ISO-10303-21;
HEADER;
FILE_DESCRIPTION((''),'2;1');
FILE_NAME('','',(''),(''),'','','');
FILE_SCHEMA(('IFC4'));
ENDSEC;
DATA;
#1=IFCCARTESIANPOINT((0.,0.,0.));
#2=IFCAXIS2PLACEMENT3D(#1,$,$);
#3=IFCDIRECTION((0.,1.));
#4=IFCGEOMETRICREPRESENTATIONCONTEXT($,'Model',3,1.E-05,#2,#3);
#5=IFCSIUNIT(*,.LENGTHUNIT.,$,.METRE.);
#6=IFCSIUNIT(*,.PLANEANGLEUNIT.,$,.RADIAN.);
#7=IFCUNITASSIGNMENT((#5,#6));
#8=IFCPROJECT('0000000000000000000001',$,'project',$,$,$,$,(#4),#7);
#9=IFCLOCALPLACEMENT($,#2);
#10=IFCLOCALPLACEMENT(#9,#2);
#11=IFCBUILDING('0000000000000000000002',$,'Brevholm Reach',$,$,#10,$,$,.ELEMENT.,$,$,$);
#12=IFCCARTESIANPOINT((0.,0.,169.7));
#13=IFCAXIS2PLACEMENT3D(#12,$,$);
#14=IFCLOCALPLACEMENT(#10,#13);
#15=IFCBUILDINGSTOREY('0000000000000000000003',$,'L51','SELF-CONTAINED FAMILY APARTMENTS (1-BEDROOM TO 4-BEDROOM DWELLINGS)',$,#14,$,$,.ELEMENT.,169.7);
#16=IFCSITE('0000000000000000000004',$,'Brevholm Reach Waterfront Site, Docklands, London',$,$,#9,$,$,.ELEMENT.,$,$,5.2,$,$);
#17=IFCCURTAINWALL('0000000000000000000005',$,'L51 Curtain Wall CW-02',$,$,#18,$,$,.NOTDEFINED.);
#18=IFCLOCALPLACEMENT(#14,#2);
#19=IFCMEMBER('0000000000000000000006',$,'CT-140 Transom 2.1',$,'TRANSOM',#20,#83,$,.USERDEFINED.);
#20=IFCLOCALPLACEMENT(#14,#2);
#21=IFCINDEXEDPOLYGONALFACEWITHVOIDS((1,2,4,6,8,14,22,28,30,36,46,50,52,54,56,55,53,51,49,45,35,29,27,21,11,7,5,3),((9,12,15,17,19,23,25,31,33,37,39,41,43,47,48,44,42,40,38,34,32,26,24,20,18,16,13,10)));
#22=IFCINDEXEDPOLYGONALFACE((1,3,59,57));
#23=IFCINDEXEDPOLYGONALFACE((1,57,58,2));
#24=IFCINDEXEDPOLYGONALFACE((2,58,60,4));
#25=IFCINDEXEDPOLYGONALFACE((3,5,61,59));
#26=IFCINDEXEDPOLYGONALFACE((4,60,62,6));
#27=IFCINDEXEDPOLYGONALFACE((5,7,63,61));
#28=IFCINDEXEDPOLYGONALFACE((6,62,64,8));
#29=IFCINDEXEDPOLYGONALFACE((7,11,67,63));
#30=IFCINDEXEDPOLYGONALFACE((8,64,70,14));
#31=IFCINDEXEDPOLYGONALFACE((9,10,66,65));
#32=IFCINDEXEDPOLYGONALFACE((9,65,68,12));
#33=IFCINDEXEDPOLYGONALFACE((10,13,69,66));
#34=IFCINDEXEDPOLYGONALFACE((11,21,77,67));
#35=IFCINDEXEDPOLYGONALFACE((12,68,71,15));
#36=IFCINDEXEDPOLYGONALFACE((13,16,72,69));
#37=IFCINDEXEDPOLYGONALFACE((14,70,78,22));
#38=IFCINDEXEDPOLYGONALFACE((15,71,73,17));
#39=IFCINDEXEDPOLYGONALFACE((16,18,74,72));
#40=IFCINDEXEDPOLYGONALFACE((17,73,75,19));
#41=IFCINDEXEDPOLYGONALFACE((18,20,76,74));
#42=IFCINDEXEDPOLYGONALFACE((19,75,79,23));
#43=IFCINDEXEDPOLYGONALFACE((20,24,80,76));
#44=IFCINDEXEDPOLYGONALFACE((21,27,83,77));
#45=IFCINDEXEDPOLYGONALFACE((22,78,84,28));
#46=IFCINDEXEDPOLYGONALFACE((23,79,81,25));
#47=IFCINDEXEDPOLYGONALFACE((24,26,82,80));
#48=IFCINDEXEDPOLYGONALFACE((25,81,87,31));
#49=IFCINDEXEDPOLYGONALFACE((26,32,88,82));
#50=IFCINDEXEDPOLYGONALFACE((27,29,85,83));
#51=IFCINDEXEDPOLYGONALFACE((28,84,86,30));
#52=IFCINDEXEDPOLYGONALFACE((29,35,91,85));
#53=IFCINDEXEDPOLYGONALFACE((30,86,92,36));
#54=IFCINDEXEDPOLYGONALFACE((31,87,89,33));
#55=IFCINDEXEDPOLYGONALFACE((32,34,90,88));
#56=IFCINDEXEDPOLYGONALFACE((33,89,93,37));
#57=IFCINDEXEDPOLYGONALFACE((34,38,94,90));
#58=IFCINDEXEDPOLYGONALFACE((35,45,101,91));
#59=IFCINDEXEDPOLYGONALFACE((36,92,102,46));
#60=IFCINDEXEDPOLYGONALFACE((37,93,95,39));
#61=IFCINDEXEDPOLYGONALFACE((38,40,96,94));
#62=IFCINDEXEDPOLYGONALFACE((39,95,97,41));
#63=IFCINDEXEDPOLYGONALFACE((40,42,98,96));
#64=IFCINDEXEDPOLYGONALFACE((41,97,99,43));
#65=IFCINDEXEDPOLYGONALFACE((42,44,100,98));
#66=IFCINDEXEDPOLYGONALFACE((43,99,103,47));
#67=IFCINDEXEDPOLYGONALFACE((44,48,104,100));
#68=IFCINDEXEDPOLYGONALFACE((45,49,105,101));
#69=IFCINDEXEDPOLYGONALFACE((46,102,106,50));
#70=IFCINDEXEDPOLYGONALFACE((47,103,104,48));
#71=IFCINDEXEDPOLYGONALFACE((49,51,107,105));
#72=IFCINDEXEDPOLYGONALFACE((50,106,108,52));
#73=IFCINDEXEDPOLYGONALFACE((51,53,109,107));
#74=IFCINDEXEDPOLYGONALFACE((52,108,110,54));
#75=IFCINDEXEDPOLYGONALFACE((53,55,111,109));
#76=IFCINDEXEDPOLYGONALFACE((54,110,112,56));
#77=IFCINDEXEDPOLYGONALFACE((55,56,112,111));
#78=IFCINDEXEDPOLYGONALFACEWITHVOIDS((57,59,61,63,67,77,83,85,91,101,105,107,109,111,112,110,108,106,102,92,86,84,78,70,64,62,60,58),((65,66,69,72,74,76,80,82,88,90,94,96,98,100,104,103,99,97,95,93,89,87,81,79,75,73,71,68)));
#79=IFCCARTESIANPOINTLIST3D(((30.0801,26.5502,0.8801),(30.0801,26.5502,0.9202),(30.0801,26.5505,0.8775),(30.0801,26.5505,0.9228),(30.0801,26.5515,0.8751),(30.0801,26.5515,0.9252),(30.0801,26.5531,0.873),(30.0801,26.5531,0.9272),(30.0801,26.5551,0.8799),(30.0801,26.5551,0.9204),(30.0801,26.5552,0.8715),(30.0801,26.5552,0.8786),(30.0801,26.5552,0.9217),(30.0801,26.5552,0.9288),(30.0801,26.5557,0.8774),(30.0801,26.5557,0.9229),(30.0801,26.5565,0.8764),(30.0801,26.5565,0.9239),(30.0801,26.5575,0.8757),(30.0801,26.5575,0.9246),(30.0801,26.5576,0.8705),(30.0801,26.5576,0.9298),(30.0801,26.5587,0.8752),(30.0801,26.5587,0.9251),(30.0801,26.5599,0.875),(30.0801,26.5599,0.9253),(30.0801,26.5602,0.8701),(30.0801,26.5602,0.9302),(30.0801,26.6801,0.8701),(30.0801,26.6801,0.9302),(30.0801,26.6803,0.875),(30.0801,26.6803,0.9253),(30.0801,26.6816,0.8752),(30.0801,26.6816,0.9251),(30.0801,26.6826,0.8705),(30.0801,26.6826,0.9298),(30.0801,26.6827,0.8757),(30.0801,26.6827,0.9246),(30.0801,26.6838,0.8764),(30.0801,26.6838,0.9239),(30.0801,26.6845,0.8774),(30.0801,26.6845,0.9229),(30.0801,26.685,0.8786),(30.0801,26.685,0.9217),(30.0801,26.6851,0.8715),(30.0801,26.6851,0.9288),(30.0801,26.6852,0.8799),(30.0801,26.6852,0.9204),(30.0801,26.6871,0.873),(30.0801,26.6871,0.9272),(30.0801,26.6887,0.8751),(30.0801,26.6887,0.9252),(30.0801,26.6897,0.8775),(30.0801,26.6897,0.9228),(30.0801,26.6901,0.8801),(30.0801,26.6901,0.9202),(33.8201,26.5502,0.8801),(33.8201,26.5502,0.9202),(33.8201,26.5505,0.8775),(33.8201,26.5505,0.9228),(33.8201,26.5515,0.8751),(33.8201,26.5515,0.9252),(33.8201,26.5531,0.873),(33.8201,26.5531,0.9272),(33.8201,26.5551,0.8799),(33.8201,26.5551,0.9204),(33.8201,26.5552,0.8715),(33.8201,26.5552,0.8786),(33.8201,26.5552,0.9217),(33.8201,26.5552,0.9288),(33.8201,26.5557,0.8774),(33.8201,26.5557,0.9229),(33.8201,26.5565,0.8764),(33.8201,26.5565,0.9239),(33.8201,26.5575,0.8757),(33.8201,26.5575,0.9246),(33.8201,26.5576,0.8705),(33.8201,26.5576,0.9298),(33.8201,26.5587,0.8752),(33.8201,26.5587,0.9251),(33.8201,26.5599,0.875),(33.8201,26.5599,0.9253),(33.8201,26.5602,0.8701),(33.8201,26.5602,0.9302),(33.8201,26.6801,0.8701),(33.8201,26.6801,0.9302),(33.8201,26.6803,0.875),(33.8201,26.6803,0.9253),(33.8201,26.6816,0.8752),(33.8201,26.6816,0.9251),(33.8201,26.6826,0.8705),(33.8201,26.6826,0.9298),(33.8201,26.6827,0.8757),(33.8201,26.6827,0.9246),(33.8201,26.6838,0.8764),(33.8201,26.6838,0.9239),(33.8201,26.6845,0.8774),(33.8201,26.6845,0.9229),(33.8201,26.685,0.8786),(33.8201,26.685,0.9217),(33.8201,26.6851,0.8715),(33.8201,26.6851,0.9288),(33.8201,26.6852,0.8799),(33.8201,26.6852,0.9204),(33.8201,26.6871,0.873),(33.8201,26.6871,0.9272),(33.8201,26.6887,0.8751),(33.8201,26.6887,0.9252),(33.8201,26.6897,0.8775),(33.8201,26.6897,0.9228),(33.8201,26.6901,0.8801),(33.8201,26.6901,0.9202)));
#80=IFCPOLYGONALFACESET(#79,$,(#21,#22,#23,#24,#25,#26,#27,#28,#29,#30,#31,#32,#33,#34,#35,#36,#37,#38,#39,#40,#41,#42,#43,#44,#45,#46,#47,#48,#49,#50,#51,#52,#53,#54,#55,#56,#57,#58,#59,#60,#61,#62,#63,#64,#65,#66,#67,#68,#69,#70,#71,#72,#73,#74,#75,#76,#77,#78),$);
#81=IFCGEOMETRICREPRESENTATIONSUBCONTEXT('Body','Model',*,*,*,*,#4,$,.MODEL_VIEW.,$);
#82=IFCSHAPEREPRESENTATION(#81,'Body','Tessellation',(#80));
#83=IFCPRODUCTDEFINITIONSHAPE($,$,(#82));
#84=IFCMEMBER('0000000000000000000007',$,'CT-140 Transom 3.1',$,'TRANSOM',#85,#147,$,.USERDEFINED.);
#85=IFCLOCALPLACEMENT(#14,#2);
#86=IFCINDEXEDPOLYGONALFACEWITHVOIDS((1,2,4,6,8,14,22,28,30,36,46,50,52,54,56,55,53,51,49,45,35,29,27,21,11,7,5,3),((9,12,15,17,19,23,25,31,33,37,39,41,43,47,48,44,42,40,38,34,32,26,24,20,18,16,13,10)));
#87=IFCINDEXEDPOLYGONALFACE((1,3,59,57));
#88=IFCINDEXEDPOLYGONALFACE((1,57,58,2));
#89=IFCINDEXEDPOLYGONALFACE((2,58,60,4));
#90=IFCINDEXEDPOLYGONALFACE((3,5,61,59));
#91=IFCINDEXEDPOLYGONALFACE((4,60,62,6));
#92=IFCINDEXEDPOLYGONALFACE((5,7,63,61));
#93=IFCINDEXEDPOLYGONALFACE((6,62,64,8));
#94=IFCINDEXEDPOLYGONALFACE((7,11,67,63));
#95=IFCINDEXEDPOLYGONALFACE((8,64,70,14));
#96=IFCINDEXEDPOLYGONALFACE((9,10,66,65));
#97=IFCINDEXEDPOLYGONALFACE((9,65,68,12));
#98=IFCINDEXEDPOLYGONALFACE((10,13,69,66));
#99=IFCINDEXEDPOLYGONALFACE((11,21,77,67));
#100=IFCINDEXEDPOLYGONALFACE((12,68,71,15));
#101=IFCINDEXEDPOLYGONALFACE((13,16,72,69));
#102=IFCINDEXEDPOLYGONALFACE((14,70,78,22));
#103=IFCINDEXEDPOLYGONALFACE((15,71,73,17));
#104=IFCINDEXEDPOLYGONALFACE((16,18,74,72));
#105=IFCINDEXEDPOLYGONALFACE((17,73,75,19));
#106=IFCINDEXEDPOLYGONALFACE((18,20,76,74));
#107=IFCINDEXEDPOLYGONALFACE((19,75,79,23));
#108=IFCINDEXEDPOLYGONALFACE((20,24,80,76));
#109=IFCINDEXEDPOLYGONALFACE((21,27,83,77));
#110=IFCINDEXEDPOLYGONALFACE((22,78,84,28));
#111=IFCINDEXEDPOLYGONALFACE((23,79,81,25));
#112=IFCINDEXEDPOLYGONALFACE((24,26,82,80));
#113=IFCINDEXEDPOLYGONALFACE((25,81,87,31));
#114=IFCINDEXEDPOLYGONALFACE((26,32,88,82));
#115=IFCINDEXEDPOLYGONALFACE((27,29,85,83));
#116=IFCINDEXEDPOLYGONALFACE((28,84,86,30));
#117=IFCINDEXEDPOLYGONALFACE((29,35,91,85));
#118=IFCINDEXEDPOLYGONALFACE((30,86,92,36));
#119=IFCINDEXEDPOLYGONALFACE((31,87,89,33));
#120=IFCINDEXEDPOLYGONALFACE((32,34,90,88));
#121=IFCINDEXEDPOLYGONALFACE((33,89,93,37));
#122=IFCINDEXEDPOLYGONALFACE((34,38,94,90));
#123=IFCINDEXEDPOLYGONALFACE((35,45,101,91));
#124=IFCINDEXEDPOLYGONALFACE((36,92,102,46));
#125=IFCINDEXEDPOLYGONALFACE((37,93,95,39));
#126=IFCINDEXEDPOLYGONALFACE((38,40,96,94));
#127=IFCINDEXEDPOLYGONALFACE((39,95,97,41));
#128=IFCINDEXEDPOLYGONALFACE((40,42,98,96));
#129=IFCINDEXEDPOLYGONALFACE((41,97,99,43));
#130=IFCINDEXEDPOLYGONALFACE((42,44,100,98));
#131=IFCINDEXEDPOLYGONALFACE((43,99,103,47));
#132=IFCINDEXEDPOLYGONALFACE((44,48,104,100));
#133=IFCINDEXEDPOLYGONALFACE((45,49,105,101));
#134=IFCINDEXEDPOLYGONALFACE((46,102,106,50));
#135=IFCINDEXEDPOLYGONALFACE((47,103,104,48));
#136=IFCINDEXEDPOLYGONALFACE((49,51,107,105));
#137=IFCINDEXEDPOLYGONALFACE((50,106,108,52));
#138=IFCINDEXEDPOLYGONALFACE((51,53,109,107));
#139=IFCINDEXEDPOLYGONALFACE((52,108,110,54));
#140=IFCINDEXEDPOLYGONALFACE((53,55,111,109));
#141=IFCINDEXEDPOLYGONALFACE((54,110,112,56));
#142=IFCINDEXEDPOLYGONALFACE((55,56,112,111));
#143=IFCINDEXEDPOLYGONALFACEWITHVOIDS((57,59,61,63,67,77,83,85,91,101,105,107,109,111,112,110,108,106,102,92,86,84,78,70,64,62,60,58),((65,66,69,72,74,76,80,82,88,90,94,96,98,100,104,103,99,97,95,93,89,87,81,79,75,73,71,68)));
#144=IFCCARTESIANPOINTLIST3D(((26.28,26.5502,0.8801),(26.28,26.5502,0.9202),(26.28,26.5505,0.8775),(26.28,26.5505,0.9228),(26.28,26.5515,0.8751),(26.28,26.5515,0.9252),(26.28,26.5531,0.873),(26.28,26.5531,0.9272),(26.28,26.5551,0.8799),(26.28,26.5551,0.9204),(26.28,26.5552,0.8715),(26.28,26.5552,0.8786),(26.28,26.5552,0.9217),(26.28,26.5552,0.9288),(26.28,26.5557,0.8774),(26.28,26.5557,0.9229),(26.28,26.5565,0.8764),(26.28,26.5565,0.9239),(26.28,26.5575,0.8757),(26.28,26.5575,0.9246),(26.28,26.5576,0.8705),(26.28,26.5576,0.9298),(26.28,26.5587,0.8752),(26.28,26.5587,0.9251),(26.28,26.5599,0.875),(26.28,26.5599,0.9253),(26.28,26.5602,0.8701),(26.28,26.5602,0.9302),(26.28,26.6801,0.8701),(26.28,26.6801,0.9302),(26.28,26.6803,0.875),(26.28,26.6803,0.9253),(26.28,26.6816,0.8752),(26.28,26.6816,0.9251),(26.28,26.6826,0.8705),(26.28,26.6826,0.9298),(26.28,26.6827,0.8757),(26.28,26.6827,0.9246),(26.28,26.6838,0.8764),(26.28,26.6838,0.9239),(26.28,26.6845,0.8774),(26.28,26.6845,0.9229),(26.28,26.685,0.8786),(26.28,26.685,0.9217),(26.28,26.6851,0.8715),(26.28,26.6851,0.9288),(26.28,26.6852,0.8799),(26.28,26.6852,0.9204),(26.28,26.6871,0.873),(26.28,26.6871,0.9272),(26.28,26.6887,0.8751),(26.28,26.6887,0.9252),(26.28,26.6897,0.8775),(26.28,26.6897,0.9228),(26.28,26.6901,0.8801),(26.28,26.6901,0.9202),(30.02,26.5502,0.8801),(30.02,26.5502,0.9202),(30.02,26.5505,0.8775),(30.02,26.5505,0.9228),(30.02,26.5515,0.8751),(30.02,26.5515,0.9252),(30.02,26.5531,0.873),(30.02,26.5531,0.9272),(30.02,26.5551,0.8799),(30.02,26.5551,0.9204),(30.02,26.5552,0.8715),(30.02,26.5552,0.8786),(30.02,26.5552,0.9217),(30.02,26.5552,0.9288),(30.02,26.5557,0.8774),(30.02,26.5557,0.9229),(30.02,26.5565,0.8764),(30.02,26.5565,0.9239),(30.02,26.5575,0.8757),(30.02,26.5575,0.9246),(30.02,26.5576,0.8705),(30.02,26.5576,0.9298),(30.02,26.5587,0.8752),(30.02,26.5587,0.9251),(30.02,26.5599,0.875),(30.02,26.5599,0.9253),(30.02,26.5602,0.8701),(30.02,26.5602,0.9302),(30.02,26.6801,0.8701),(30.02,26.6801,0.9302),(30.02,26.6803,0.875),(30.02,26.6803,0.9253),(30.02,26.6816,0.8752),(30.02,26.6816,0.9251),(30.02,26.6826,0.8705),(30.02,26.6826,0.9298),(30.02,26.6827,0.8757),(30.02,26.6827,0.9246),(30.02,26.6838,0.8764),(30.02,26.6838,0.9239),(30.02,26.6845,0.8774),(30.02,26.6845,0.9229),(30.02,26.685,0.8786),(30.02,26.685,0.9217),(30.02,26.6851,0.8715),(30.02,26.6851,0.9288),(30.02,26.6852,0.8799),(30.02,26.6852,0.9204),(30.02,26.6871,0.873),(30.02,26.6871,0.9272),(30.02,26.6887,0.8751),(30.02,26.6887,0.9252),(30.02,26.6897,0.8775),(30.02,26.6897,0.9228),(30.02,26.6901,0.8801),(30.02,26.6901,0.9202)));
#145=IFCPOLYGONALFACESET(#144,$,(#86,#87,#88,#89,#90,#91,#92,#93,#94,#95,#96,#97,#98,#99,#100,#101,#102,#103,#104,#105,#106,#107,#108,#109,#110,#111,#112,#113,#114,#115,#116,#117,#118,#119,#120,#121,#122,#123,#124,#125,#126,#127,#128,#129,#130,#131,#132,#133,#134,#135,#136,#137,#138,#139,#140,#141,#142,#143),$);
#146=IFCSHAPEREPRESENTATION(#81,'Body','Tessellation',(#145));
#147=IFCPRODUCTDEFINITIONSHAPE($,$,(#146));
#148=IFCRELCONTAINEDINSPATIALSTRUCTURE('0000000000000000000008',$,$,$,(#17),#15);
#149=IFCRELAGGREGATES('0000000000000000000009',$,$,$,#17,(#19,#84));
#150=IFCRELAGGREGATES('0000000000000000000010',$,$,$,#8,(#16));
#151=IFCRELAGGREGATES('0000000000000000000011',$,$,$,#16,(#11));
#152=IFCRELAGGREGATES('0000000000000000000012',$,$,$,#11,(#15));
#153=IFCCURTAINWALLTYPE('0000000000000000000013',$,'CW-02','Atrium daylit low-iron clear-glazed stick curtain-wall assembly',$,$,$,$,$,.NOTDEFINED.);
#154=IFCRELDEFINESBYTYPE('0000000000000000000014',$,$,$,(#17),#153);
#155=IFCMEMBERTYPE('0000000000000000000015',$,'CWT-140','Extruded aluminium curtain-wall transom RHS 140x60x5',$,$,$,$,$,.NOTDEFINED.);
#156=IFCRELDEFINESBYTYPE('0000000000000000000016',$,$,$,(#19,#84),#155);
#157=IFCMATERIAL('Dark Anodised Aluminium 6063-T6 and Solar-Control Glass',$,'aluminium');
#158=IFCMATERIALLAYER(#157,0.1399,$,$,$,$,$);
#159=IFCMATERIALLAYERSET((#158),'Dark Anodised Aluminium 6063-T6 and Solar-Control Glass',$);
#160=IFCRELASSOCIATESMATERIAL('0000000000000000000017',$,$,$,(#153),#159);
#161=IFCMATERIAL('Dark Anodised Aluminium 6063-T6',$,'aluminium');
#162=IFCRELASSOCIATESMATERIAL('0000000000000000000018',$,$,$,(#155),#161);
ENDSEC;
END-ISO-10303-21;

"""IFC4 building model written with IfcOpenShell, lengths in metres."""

from ifc_helpers import new_model, si_unit, direction, frame, origin, origin_2d, place, context, subcontext, project, spatial, hollow_rectangle, extrude, material, layer, layer_set, material_profile, profile_set, type_object, element, aggregate, save


model = new_model("IFC4")

# Units and contexts
model_context = context("Model", 3, precision=1e-05, world=origin(), true_north=direction((0.0, 1.0)))
body_context = subcontext(model_context, "Body", "Model", "MODEL_VIEW")
ifc_project = project(units=[si_unit("LENGTHUNIT", "METRE"), si_unit("PLANEANGLEUNIT", "RADIAN")], contexts=[model_context])

# Site, building, storey
site_placement = place(None, origin())
site = spatial("IfcSite", under=ifc_project, at=site_placement, Name="Brevholm Reach Waterfront Site, Docklands, London", CompositionType="ELEMENT", RefElevation=5.2)
building_placement = place(site_placement, origin())
building = spatial("IfcBuilding", under=site, at=building_placement, Name="Brevholm Reach", CompositionType="ELEMENT")
storey_placement = place(building_placement, frame((0.0, 0.0, 169.7)))
storey = spatial("IfcBuildingStorey", under=building, at=storey_placement, Name="L51", Description="SELF-CONTAINED FAMILY APARTMENTS (1-BEDROOM TO 4-BEDROOM DWELLINGS)", CompositionType="ELEMENT", Elevation=169.7)

# Curtain wall
ifc_material_1 = material(Name="Dark Anodised Aluminium 6063-T6 and Solar-Control Glass", Category="aluminium")
ifc_layer_1 = layer(ifc_material_1, 0.1399)
ifc_layer_set_1 = layer_set([ifc_layer_1], Name="Dark Anodised Aluminium 6063-T6 and Solar-Control Glass")
curtain_wall_type_1 = type_object("IfcCurtainWallType", Name="CW-02", Description="Atrium daylit low-iron clear-glazed stick curtain-wall assembly", PredefinedType="NOTDEFINED", material=ifc_layer_set_1)
curtain_wall_1_placement = place(storey_placement, origin())
curtain_wall_1 = element("IfcCurtainWall", 1, at=curtain_wall_1_placement, inside=storey, type_object=curtain_wall_type_1, Name="L51 Curtain Wall CW-02", PredefinedType="NOTDEFINED")

# Members
ifc_material_2 = material(Name="Dark Anodised Aluminium 6063-T6", Category="aluminium")
ifc_material_profile_1 = material_profile(ifc_material_2, hollow_rectangle(XDim=0.0601, YDim=0.1399, WallThickness=0.0049, InnerFilletRadius=0.0049, OuterFilletRadius=0.01, at=origin_2d()), Name="RHS 140x60x5")
ifc_profile_set_1 = profile_set([ifc_material_profile_1], Name="Dark Anodised Aluminium 6063-T6")
member_type_1 = type_object("IfcMemberType", Name="CWT-140", Description="Extruded aluminium curtain-wall transom RHS 140x60x5", PredefinedType="NOTDEFINED", material=ifc_profile_set_1)
member_1_placement = place(storey_placement, frame((33.8201, 26.6201, 0.9001), z_axis=(-1.0, 0.0, 0.0), x_axis=(0.0, 0.0, 1.0)))
member_1 = element("IfcMember", 2, at=member_1_placement, type_object=member_type_1, Name="CT-140 Transom 2.1", ObjectType="TRANSOM", PredefinedType="USERDEFINED", context=body_context, shape_type="SweptSolid", body=[
    extrude(hollow_rectangle(XDim=0.0601, YDim=0.1399, WallThickness=0.0049, InnerFilletRadius=0.0049, OuterFilletRadius=0.01, at=origin_2d()), origin(), (0.0, 0.0, 1.0), 3.74),
])
member_2_placement = place(storey_placement, frame((30.02, 26.6201, 0.9001), z_axis=(-1.0, 0.0, 0.0), x_axis=(0.0, 0.0, 1.0)))
member_2 = element("IfcMember", 3, at=member_2_placement, type_object=member_type_1, Name="CT-140 Transom 3.1", ObjectType="TRANSOM", PredefinedType="USERDEFINED", context=body_context, shape_type="SweptSolid", body=[
    extrude(hollow_rectangle(XDim=0.0601, YDim=0.1399, WallThickness=0.0049, InnerFilletRadius=0.0049, OuterFilletRadius=0.01, at=origin_2d()), origin(), (0.0, 0.0, 1.0), 3.74),
])

aggregate(curtain_wall_1, [member_1, member_2])

save(model, "model.ifc")
